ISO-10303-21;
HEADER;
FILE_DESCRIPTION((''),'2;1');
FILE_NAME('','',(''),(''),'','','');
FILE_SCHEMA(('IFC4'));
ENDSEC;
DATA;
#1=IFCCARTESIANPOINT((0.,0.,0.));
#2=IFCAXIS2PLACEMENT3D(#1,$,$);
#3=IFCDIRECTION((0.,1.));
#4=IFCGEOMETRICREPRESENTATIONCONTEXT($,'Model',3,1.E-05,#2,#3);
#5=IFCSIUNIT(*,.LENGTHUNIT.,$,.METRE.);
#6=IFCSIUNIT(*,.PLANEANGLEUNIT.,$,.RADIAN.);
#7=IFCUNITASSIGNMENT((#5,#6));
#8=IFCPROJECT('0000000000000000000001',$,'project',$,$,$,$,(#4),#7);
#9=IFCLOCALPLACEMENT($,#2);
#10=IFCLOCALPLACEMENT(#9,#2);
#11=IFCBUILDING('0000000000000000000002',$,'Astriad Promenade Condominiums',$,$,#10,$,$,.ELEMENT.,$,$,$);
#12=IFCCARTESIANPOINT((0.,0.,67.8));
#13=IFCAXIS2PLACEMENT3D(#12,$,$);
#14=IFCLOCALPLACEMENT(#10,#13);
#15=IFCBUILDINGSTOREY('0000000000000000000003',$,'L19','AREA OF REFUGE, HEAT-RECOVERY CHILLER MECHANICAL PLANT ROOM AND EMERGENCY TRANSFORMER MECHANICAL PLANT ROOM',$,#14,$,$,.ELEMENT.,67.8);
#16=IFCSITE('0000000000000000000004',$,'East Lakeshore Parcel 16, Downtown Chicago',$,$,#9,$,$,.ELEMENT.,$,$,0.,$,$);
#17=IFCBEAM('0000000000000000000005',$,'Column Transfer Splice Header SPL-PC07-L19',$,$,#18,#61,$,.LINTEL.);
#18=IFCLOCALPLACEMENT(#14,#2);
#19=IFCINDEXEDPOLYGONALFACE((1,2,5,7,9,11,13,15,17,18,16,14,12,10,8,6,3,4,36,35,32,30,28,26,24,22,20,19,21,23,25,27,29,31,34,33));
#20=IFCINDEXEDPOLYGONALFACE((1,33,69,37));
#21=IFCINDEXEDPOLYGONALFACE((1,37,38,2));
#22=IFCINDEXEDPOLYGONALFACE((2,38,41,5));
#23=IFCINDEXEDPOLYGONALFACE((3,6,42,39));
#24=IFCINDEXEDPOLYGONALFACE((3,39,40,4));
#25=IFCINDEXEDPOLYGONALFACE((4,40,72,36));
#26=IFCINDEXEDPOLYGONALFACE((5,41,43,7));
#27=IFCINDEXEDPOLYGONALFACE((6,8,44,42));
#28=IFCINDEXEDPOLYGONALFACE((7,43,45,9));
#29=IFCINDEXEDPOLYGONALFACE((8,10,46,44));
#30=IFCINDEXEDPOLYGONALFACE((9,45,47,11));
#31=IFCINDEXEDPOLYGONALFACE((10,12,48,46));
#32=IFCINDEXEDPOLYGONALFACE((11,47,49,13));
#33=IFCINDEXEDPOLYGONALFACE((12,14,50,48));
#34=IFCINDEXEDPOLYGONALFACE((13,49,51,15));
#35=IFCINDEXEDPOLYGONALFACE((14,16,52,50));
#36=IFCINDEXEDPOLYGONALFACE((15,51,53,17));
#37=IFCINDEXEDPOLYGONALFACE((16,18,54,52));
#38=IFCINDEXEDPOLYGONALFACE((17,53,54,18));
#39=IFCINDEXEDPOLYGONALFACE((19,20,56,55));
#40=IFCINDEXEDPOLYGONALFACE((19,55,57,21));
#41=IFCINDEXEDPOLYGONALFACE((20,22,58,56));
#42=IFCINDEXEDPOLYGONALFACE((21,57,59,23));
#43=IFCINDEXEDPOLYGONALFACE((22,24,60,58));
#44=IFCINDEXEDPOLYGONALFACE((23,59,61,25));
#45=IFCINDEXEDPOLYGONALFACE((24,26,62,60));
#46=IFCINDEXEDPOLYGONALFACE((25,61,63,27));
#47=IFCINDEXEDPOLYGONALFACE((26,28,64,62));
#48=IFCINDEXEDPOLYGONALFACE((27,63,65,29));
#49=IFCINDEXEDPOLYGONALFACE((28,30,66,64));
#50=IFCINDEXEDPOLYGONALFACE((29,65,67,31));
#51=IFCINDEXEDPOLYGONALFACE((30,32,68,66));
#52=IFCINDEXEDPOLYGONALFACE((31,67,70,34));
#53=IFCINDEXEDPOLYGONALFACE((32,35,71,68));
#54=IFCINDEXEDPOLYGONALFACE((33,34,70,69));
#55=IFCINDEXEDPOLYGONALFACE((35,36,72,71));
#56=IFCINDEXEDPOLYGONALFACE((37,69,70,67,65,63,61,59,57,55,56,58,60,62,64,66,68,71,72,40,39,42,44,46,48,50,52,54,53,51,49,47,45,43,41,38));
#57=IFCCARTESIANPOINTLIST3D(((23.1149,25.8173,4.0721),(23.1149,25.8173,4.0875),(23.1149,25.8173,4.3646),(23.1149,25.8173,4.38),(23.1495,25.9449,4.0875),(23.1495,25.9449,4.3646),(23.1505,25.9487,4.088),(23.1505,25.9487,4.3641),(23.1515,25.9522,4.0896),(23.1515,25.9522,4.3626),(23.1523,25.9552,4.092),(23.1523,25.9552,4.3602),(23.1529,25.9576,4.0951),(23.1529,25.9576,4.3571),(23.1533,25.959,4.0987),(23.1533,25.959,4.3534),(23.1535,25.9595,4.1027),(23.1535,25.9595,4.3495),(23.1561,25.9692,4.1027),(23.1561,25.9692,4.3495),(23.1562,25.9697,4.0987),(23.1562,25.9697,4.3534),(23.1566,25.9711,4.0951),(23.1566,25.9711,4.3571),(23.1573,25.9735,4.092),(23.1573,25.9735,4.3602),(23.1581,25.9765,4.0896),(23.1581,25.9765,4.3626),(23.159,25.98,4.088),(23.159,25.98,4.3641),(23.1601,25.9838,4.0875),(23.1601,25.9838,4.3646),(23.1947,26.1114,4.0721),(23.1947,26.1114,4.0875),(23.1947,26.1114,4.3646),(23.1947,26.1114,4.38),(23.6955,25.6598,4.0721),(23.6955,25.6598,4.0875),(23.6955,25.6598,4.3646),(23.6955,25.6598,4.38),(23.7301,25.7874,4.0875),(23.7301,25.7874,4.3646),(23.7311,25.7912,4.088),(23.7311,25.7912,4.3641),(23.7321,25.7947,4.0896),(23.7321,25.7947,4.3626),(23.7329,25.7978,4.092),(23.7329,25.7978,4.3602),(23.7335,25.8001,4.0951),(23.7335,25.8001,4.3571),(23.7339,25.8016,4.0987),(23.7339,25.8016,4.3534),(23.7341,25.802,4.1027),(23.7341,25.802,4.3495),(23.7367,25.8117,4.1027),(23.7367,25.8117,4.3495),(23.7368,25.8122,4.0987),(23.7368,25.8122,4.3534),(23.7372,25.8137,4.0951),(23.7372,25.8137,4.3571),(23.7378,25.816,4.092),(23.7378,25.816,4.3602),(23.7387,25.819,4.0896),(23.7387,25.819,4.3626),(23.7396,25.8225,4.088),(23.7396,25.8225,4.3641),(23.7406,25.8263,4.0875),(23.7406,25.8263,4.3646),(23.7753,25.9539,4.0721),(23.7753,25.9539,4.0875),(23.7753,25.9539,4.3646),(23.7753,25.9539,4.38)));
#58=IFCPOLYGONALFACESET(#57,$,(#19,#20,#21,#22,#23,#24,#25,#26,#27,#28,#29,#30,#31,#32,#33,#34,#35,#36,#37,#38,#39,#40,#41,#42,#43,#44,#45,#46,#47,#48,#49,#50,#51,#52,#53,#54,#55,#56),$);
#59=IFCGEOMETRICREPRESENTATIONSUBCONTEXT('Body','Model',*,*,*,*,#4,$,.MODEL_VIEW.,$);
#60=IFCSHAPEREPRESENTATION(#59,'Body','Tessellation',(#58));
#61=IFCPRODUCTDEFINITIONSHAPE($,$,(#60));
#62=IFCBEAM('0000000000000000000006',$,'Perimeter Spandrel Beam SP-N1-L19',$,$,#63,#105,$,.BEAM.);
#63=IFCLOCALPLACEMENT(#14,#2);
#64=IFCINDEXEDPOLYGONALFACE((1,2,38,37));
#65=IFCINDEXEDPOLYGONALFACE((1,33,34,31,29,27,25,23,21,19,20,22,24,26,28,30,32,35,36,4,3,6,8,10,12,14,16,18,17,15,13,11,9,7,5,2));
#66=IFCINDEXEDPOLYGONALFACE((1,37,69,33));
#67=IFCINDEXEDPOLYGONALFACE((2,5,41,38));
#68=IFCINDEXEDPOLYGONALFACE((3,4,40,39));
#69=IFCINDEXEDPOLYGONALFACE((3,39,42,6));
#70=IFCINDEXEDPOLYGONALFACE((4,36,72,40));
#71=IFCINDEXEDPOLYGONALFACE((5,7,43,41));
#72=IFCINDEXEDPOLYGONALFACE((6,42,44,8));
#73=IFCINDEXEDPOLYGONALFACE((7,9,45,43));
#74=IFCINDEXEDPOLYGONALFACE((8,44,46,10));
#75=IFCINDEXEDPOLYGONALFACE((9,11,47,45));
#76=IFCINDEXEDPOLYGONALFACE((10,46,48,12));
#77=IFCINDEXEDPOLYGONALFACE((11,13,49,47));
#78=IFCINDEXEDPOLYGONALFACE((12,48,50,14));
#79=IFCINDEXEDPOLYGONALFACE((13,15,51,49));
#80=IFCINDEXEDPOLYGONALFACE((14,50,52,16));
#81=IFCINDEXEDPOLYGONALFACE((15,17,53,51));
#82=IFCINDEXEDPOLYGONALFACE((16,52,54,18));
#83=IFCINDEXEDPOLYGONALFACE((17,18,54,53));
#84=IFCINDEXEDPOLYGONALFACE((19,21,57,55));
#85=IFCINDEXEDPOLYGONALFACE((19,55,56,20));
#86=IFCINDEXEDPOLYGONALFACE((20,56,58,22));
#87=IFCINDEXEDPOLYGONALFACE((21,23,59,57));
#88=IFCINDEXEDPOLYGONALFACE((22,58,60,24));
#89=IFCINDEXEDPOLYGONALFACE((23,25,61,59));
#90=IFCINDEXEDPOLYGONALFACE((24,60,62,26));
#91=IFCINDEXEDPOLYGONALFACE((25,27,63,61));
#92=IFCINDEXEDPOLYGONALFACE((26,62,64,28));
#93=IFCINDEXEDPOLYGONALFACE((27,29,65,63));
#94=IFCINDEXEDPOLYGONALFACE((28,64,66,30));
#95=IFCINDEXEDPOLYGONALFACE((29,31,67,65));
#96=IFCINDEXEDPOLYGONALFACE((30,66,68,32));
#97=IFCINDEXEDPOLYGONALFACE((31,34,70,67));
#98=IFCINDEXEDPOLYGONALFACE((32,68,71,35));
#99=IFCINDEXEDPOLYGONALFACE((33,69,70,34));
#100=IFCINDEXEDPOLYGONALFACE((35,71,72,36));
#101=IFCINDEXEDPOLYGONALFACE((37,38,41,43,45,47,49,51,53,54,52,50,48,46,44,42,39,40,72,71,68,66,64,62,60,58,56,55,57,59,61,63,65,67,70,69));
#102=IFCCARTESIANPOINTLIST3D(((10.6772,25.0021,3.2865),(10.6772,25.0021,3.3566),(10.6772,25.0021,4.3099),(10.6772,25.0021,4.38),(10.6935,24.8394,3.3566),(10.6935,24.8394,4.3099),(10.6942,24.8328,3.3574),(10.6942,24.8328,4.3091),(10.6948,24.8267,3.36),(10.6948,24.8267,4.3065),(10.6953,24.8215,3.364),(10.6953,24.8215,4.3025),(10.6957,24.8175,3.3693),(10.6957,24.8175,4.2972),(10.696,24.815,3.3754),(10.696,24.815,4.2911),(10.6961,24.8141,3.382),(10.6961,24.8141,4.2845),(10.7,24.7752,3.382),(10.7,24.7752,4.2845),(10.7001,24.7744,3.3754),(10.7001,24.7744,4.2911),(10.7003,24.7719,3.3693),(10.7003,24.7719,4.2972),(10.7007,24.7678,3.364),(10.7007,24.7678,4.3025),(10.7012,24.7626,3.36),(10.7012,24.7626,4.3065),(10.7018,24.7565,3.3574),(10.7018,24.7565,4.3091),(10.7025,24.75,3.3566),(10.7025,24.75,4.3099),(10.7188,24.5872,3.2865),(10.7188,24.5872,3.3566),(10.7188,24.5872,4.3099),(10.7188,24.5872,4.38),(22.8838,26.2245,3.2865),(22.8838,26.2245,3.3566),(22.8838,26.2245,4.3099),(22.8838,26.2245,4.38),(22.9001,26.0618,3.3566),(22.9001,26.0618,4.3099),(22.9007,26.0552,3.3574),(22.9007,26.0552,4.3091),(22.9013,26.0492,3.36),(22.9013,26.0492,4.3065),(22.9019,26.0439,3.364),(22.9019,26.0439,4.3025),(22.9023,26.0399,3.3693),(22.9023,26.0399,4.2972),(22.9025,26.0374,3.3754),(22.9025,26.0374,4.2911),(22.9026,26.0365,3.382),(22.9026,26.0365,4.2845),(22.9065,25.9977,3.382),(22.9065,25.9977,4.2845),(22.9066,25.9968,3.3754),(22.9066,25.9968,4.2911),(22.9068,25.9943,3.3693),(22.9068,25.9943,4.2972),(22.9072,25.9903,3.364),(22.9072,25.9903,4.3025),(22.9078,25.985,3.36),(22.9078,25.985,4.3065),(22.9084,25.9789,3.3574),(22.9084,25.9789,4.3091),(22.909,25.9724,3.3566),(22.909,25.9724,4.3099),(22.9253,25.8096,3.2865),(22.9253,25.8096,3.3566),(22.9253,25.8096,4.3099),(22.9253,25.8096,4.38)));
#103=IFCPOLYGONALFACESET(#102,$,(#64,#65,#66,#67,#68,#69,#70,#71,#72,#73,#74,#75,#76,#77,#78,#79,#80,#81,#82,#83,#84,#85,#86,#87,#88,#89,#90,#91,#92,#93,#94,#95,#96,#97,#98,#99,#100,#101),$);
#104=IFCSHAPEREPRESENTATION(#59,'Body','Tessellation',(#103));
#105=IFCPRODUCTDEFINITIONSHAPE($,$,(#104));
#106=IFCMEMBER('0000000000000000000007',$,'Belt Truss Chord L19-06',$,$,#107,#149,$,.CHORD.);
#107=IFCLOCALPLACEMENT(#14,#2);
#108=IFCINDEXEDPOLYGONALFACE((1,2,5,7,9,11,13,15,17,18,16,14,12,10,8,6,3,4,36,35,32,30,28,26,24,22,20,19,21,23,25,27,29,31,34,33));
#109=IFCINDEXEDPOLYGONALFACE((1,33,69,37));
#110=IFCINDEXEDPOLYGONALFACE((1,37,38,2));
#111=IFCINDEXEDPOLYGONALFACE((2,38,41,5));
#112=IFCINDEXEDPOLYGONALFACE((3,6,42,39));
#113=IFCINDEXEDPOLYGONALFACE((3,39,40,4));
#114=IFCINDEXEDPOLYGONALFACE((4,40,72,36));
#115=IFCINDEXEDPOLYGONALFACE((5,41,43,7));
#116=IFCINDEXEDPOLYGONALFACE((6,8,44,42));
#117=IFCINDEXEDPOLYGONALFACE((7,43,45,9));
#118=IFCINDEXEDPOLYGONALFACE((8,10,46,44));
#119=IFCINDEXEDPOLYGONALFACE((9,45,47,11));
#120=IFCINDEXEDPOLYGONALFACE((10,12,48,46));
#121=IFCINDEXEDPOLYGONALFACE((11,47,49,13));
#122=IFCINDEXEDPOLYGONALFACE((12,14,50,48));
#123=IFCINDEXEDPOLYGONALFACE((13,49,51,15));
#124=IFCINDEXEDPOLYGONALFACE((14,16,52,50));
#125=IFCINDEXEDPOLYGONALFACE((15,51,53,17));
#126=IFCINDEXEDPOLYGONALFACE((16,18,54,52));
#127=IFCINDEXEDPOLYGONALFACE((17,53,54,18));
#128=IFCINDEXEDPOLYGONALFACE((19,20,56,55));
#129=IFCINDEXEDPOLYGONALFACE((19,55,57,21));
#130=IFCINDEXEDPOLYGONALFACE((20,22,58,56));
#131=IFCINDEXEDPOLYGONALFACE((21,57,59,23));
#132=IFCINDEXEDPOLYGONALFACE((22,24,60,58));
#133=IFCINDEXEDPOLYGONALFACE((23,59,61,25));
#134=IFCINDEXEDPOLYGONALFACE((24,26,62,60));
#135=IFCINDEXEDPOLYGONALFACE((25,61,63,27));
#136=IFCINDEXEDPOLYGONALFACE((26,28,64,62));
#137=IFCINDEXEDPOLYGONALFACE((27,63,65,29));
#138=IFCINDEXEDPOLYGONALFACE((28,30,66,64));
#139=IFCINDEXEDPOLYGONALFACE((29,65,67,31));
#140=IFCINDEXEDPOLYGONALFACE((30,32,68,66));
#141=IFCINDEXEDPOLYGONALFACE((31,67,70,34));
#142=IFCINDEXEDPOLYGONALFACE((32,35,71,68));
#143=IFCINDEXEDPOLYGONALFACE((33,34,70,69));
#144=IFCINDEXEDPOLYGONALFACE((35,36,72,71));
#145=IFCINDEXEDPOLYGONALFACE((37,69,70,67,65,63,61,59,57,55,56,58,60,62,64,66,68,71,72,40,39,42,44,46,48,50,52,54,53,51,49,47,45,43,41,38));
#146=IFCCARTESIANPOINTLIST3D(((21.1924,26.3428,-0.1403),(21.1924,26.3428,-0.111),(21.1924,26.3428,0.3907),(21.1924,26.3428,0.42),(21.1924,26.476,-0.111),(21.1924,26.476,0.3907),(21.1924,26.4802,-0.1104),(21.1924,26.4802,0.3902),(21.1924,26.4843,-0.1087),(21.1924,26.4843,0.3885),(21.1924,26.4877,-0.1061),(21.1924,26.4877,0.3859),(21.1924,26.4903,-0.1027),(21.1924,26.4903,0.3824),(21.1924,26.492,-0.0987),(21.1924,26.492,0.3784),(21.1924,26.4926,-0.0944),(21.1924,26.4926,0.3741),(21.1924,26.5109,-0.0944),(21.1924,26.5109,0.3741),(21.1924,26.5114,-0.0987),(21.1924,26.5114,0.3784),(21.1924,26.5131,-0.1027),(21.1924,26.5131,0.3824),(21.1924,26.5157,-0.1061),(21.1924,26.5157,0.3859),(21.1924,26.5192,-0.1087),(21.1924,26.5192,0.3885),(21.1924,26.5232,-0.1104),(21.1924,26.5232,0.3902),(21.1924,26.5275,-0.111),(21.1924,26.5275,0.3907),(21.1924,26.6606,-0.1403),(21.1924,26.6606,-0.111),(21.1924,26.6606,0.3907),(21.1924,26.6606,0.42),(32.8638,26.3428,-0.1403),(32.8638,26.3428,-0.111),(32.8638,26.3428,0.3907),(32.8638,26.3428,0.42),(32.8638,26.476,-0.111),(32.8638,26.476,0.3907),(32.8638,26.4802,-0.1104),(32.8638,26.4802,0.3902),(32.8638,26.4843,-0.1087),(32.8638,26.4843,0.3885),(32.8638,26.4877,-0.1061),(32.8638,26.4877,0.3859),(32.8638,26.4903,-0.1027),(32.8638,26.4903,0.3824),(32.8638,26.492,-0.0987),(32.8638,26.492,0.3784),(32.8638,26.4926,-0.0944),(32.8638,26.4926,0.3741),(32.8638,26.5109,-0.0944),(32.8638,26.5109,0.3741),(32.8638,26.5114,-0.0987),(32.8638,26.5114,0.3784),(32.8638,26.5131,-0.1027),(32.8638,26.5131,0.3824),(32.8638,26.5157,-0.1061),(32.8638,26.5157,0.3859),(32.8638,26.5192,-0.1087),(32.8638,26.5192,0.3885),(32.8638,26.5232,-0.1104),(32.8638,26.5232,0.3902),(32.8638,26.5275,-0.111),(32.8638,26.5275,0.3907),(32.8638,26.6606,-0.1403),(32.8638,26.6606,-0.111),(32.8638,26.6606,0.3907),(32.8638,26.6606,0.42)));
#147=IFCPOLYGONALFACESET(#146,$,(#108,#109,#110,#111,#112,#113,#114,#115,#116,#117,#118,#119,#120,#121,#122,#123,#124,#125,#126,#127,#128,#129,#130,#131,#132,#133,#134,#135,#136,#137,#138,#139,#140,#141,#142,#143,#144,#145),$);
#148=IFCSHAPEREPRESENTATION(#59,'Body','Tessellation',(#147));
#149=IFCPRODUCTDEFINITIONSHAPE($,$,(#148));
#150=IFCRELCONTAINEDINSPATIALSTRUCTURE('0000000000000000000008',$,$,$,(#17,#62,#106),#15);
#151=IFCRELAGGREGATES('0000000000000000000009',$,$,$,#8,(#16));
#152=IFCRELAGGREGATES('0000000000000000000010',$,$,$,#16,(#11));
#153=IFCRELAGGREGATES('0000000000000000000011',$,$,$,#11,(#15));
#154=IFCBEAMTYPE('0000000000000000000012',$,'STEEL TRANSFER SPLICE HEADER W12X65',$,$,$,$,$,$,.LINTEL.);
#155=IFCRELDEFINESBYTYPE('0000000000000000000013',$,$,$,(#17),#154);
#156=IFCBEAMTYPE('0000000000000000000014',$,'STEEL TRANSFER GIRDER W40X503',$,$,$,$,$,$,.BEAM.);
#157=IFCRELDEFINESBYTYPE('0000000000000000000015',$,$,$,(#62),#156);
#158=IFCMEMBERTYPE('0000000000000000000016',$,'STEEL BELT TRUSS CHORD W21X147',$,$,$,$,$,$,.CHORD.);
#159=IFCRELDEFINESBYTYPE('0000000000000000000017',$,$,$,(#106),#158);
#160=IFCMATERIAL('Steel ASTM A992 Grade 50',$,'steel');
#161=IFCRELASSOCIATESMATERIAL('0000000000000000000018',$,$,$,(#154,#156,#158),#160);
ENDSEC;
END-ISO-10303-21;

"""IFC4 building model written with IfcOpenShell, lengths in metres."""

from ifc_helpers import new_model, si_unit, direction, frame, origin, origin_2d, place, context, subcontext, project, spatial, i_section, extrude, source, transform, mapped, material, material_profile, profile_set, type_object, type_shapes, element, save


model = new_model("IFC4")

# Units and contexts
model_context = context("Model", 3, precision=1e-05, world=origin(), true_north=direction((0.0, 1.0)))
body_context = subcontext(model_context, "Body", "Model", "MODEL_VIEW")
ifc_project = project(units=[si_unit("LENGTHUNIT", "METRE"), si_unit("PLANEANGLEUNIT", "RADIAN")], contexts=[model_context])

# Site, building, storey
site_placement = place(None, origin())
site = spatial("IfcSite", under=ifc_project, at=site_placement, Name="East Lakeshore Parcel 16, Downtown Chicago", CompositionType="ELEMENT", RefElevation=0.0)
building_placement = place(site_placement, origin())
building = spatial("IfcBuilding", under=site, at=building_placement, Name="Astriad Promenade Condominiums", CompositionType="ELEMENT")
storey_placement = place(building_placement, frame((0.0, 0.0, 67.8)))
storey = spatial("IfcBuildingStorey", under=building, at=storey_placement, Name="L19", Description="AREA OF REFUGE, HEAT-RECOVERY CHILLER MECHANICAL PLANT ROOM AND EMERGENCY TRANSFORMER MECHANICAL PLANT ROOM", CompositionType="ELEMENT", Elevation=67.8)

# Shared definitions
ifc_material_1 = material(Name="Steel ASTM A992 Grade 50", Category="steel")

# Beams
ifc_material_profile_1 = material_profile(ifc_material_1, i_section(OverallWidth=0.3047, OverallDepth=0.3079, WebThickness=0.01, FlangeThickness=0.0154, FilletRadius=0.0151, at=origin_2d()), Name="W12X65")
ifc_profile_set_1 = profile_set([ifc_material_profile_1], Name="Steel ASTM A992 Grade 50")
beam_type_1 = type_object("IfcBeamType", Name="STEEL TRANSFER SPLICE HEADER W12X65", PredefinedType="LINTEL", material=ifc_profile_set_1)
shared_shape_1 = source(origin(), body_context, "Body", "SweptSolid", [
    extrude(i_section(OverallWidth=0.3047, OverallDepth=0.3079, WebThickness=0.01, FlangeThickness=0.0154, FilletRadius=0.0151, at=origin_2d()), origin(), (0.0, 0.0, 1.0), 0.6016),
])
type_shapes(beam_type_1, [shared_shape_1])
beam_1_placement = place(storey_placement, frame((23.1548, 25.9644, 4.2261), z_axis=(0.965128, -0.261778, 0.0), x_axis=(0.261778, 0.965128, 0.0)))
element("IfcBeam", 1, at=beam_1_placement, inside=storey, type_object=beam_type_1, Name="Column Transfer Splice Header SPL-PC07-L19", PredefinedType="LINTEL", context=body_context, shape_type="MappedRepresentation", body=[
    mapped(shared_shape_1, transform((0.0, 0.0, 0.0), scale=1.0)),
])
ifc_material_profile_2 = material_profile(ifc_material_1, i_section(OverallWidth=0.417, OverallDepth=1.0935, WebThickness=0.0391, FlangeThickness=0.0701, FilletRadius=0.0254, at=origin_2d()), Name="W40X503")
ifc_profile_set_2 = profile_set([ifc_material_profile_2], Name="Steel ASTM A992 Grade 50")
beam_type_2 = type_object("IfcBeamType", Name="STEEL TRANSFER GIRDER W40X503", PredefinedType="BEAM", material=ifc_profile_set_2)
shared_shape_2 = source(origin(), body_context, "Body", "SweptSolid", [
    extrude(i_section(OverallWidth=0.417, OverallDepth=1.0935, WebThickness=0.0391, FlangeThickness=0.0701, FilletRadius=0.0254, at=origin_2d()), origin(), (0.0, 0.0, 1.0), 12.2676),
])
type_shapes(beam_type_2, [shared_shape_2])
beam_2_placement = place(storey_placement, frame((22.9045, 26.0171, 3.8333), z_axis=(-0.995023, -0.099646, 0.0), x_axis=(0.099646, -0.995023, 0.0)))
element("IfcBeam", 2, at=beam_2_placement, inside=storey, type_object=beam_type_2, Name="Perimeter Spandrel Beam SP-N1-L19", PredefinedType="BEAM", context=body_context, shape_type="MappedRepresentation", body=[
    mapped(shared_shape_2, transform((0.0, 0.0, 0.0), scale=1.0)),
])

# Member
ifc_material_profile_3 = material_profile(ifc_material_1, i_section(OverallWidth=0.3179, OverallDepth=0.5603, WebThickness=0.0183, FlangeThickness=0.0293, FilletRadius=0.0166, at=origin_2d()), Name="W21X147")
ifc_profile_set_3 = profile_set([ifc_material_profile_3], Name="Steel ASTM A992 Grade 50")
member_type_1 = type_object("IfcMemberType", Name="STEEL BELT TRUSS CHORD W21X147", PredefinedType="CHORD", material=ifc_profile_set_3)
shared_shape_3 = source(origin(), body_context, "Body", "SweptSolid", [
    extrude(i_section(OverallWidth=0.3179, OverallDepth=0.5603, WebThickness=0.0183, FlangeThickness=0.0293, FilletRadius=0.0166, at=origin_2d()), origin(), (0.0, 0.0, 1.0), 11.6714),
])
type_shapes(member_type_1, [shared_shape_3])
member_1_placement = place(storey_placement, frame((21.1924, 26.5017, 0.1399), z_axis=(1.0, 0.0, 0.0), x_axis=(0.0, 1.0, 0.0)))
element("IfcMember", 3, at=member_1_placement, inside=storey, type_object=member_type_1, Name="Belt Truss Chord L19-06", PredefinedType="CHORD", context=body_context, shape_type="MappedRepresentation", body=[
    mapped(shared_shape_3, transform((0.0, 0.0, 0.0), scale=1.0)),
])

save(model, "model.ifc")
